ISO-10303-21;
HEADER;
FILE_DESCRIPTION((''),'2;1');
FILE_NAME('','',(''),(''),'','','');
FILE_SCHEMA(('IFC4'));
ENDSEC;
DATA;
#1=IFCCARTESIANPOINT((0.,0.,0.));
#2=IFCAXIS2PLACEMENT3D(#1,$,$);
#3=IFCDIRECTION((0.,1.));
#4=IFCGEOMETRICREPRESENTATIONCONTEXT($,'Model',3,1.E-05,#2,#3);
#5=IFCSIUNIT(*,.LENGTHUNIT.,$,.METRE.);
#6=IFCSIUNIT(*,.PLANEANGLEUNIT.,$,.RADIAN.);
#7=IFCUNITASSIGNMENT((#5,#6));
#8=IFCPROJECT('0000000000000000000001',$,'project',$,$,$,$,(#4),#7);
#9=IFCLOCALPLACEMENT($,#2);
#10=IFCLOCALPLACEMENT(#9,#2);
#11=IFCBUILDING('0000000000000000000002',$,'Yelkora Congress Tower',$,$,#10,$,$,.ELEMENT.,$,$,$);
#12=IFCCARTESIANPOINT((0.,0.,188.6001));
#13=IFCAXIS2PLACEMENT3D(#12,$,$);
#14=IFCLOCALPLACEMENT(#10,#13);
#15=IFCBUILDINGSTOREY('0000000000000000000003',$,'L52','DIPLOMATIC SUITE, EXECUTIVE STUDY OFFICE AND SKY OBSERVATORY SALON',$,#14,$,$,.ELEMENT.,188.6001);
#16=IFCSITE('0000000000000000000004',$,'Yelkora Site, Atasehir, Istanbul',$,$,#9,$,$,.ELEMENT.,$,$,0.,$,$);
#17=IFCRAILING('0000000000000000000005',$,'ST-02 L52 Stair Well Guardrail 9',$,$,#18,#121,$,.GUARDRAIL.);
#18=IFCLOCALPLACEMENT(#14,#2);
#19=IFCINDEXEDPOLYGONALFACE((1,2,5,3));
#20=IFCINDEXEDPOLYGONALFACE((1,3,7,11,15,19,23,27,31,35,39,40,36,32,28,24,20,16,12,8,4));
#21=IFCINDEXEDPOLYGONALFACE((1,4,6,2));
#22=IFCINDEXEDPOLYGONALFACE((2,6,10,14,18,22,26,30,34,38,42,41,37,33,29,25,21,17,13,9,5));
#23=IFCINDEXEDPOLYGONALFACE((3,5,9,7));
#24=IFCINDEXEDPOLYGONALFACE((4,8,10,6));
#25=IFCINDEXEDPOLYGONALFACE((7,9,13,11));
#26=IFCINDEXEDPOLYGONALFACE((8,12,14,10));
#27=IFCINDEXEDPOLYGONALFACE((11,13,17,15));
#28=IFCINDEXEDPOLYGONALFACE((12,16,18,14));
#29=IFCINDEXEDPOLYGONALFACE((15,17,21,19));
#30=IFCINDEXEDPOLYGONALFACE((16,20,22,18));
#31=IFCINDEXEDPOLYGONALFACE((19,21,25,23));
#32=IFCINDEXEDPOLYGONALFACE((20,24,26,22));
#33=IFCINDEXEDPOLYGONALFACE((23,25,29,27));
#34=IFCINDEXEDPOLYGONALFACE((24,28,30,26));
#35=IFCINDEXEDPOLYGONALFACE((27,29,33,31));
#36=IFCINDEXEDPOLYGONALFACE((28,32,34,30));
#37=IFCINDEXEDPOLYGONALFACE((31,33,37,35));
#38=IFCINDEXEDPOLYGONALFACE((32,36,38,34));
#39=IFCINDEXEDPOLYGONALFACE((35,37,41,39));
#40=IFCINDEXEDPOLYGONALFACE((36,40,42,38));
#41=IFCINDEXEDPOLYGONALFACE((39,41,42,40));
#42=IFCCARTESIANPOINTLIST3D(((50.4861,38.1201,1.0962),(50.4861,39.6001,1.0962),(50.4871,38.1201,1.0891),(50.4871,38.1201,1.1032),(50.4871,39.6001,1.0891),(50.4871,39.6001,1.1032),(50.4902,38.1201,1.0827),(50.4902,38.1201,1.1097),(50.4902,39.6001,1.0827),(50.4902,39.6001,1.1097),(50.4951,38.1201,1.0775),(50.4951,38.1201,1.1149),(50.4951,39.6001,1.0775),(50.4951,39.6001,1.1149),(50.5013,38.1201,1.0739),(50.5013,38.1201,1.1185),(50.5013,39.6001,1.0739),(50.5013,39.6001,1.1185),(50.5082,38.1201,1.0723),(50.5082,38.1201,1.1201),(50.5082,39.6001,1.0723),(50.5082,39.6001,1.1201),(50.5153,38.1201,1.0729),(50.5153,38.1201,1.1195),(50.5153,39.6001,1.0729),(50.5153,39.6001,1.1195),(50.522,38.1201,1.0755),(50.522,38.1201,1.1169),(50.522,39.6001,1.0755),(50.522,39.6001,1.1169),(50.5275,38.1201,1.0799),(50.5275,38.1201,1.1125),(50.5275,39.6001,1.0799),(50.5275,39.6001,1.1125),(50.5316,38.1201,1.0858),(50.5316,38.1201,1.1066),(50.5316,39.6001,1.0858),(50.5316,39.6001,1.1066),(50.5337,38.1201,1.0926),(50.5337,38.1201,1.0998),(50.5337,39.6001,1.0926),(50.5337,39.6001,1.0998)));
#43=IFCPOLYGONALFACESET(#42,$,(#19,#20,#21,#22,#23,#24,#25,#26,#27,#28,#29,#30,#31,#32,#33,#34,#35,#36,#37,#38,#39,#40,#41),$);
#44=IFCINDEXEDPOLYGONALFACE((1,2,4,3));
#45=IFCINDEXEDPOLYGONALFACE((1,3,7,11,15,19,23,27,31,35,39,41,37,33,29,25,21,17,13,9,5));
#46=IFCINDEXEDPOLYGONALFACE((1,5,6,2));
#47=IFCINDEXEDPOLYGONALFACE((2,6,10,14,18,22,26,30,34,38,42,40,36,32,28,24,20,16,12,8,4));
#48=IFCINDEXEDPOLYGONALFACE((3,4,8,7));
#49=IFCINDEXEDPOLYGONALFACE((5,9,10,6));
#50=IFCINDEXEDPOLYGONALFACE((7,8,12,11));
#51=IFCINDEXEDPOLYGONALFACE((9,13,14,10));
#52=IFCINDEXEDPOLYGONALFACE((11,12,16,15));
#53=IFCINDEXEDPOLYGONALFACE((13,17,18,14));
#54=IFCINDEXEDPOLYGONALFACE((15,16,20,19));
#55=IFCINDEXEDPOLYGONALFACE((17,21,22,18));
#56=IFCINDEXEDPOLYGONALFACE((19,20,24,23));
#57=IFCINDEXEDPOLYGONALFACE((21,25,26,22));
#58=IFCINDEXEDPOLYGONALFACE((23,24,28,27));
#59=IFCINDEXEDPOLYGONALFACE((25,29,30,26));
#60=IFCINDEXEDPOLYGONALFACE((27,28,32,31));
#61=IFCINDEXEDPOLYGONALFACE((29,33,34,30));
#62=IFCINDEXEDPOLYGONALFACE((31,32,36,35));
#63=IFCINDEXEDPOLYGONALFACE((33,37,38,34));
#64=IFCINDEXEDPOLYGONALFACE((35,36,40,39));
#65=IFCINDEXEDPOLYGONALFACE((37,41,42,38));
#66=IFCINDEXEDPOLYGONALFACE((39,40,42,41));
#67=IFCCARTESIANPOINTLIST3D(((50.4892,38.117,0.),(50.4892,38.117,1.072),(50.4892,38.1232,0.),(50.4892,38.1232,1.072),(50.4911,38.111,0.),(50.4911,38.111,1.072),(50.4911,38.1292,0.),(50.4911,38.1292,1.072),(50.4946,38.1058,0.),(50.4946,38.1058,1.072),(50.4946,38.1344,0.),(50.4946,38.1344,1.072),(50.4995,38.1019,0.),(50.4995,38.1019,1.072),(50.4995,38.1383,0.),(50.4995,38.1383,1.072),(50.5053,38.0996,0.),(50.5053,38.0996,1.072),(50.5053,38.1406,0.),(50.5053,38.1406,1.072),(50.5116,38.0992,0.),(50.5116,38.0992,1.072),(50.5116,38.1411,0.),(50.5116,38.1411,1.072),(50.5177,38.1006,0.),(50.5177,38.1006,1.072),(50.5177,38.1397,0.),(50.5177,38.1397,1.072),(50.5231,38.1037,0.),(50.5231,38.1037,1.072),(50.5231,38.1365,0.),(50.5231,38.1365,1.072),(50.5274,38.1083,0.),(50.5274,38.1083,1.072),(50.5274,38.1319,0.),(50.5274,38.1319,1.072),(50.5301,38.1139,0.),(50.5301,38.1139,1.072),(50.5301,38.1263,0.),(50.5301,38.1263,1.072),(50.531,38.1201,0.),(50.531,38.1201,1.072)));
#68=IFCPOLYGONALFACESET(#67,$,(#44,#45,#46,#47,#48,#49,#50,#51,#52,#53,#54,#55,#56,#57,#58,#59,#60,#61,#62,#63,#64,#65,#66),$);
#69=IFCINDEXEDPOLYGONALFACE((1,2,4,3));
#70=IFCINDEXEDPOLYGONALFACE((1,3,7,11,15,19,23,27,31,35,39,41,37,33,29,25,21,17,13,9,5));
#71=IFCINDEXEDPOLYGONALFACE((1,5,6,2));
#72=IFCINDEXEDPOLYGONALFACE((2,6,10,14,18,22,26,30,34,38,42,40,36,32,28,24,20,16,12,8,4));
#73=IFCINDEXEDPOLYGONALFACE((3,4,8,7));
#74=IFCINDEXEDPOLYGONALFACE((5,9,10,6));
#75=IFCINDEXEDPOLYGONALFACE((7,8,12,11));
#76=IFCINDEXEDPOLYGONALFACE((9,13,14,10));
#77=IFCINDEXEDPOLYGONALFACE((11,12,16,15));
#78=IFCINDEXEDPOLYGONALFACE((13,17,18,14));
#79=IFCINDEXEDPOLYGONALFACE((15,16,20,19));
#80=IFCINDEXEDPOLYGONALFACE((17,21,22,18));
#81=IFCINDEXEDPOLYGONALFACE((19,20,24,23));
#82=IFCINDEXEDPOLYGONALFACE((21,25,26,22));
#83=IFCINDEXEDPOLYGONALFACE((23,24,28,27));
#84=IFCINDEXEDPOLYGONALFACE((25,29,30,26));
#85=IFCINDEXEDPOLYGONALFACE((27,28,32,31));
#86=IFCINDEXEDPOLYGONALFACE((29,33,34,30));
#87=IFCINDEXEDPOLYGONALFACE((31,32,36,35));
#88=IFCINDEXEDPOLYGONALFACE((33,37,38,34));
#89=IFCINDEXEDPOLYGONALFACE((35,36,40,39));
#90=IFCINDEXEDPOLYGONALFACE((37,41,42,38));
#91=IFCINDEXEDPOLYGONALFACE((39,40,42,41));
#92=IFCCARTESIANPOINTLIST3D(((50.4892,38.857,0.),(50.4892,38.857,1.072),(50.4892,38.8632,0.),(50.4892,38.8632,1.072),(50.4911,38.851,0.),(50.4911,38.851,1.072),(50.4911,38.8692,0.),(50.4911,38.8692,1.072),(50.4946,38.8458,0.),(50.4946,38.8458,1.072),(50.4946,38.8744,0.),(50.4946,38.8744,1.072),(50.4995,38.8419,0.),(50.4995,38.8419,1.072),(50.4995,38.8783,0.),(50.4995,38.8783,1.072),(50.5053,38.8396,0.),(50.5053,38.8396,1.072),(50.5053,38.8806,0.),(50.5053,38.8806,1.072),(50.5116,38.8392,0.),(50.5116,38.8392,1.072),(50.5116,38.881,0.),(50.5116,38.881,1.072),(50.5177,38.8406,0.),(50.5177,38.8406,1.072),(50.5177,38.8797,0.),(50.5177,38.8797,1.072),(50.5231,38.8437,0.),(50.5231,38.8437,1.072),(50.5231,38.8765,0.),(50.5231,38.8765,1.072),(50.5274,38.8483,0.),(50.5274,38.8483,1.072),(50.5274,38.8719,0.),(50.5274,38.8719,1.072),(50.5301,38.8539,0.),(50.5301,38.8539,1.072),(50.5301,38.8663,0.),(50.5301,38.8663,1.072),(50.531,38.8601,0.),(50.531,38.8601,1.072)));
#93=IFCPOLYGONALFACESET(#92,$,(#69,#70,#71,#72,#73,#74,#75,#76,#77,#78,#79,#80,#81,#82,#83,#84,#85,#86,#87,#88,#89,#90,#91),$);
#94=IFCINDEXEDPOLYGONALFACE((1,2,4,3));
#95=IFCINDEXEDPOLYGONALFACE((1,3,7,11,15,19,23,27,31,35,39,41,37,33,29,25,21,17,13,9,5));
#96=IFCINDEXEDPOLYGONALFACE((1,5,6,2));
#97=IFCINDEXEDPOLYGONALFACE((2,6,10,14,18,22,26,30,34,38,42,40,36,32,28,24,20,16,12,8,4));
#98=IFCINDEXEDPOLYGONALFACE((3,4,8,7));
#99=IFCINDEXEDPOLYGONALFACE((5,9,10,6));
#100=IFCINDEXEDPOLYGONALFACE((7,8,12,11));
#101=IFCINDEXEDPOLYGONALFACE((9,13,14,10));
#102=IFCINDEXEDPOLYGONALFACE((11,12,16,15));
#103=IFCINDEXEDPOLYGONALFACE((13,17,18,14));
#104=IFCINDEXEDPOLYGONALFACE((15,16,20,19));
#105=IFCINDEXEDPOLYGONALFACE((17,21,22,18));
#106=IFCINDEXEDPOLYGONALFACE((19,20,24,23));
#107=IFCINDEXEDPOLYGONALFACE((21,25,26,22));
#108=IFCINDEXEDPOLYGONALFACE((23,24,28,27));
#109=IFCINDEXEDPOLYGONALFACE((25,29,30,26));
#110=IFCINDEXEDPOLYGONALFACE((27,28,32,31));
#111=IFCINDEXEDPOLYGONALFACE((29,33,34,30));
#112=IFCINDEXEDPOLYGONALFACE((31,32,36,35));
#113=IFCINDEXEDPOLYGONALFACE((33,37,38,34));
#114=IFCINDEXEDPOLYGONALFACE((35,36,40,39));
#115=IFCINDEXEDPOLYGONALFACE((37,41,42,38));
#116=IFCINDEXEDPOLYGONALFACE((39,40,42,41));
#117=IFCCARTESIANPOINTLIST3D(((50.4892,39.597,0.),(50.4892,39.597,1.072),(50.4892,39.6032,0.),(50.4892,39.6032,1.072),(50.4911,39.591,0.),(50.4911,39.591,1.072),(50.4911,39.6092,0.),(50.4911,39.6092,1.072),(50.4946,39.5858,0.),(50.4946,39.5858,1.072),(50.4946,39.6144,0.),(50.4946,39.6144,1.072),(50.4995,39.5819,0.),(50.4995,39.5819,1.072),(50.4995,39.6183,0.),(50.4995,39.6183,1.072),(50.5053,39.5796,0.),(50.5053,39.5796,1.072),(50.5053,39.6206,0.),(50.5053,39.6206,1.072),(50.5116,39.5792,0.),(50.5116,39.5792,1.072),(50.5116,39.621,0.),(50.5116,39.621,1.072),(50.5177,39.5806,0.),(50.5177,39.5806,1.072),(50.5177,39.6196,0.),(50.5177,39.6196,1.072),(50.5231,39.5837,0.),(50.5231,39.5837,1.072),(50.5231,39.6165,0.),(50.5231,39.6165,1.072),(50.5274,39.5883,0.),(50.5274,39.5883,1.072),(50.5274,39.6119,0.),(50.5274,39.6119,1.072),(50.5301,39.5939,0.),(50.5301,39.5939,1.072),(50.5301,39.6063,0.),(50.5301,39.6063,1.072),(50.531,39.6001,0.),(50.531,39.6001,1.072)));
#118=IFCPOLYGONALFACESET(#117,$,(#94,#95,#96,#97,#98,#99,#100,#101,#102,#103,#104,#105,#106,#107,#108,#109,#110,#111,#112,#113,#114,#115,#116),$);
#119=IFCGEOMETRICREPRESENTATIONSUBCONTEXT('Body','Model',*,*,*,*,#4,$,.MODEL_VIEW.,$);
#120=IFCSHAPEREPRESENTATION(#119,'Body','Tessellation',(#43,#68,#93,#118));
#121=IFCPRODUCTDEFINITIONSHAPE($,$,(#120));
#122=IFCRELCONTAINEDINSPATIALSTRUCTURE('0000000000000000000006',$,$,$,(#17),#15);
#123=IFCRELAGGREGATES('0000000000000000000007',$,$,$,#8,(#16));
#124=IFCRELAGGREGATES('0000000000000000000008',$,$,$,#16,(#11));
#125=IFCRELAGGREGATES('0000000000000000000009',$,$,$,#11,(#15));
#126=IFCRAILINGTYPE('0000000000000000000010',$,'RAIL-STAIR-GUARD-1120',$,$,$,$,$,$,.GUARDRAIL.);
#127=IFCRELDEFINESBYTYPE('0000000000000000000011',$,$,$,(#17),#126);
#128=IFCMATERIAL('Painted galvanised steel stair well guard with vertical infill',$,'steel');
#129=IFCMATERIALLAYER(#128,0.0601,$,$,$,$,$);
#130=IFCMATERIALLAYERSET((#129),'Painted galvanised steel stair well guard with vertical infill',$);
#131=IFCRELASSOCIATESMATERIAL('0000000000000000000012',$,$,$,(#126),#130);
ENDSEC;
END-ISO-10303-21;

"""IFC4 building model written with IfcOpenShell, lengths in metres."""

from ifc_helpers import new_model, si_unit, direction, frame, origin, origin_2d, place, context, subcontext, project, spatial, circle, extrude, material, layer, layer_set, type_object, element, save


model = new_model("IFC4")

# Units and contexts
model_context = context("Model", 3, precision=1e-05, world=origin(), true_north=direction((0.0, 1.0)))
body_context = subcontext(model_context, "Body", "Model", "MODEL_VIEW")
ifc_project = project(units=[si_unit("LENGTHUNIT", "METRE"), si_unit("PLANEANGLEUNIT", "RADIAN")], contexts=[model_context])

# Site, building, storey
site_placement = place(None, origin())
site = spatial("IfcSite", under=ifc_project, at=site_placement, Name="Yelkora Site, Atasehir, Istanbul", CompositionType="ELEMENT", RefElevation=0.0)
building_placement = place(site_placement, origin())
building = spatial("IfcBuilding", under=site, at=building_placement, Name="Yelkora Congress Tower", CompositionType="ELEMENT")
storey_placement = place(building_placement, frame((0.0, 0.0, 188.6001)))
storey = spatial("IfcBuildingStorey", under=building, at=storey_placement, Name="L52", Description="DIPLOMATIC SUITE, EXECUTIVE STUDY OFFICE AND SKY OBSERVATORY SALON", CompositionType="ELEMENT", Elevation=188.6001)

# Railing
ifc_material_1 = material(Name="Painted galvanised steel stair well guard with vertical infill", Category="steel")
ifc_layer_1 = layer(ifc_material_1, 0.0601)
ifc_layer_set_1 = layer_set([ifc_layer_1], Name="Painted galvanised steel stair well guard with vertical infill")
railing_type_1 = type_object("IfcRailingType", Name="RAIL-STAIR-GUARD-1120", PredefinedType="GUARDRAIL", material=ifc_layer_set_1)
railing_1_placement = place(storey_placement, frame((50.51, 38.1201, 0.0)))
element("IfcRailing", 1, at=railing_1_placement, inside=storey, type_object=railing_type_1, Name="ST-02 L52 Stair Well Guardrail 9", PredefinedType="GUARDRAIL", context=body_context, shape_type="SweptSolid", body=[
    extrude(circle(Radius=0.0239, at=origin_2d()), frame((0.0, 0.0, 1.0962), z_axis=(0.0, 1.0, 0.0), x_axis=(-1.0, 0.0, 0.0)), (0.0, 0.0, 1.0), 1.48),
    extrude(circle(Radius=0.021, at=origin_2d()), origin(), (0.0, 0.0, 1.0), 1.072),
    extrude(circle(Radius=0.021, at=origin_2d()), frame((0.0, 0.74, 0.0)), (0.0, 0.0, 1.0), 1.072),
    extrude(circle(Radius=0.021, at=origin_2d()), frame((0.0, 1.48, 0.0)), (0.0, 0.0, 1.0), 1.072),
])

save(model, "model.ifc")
